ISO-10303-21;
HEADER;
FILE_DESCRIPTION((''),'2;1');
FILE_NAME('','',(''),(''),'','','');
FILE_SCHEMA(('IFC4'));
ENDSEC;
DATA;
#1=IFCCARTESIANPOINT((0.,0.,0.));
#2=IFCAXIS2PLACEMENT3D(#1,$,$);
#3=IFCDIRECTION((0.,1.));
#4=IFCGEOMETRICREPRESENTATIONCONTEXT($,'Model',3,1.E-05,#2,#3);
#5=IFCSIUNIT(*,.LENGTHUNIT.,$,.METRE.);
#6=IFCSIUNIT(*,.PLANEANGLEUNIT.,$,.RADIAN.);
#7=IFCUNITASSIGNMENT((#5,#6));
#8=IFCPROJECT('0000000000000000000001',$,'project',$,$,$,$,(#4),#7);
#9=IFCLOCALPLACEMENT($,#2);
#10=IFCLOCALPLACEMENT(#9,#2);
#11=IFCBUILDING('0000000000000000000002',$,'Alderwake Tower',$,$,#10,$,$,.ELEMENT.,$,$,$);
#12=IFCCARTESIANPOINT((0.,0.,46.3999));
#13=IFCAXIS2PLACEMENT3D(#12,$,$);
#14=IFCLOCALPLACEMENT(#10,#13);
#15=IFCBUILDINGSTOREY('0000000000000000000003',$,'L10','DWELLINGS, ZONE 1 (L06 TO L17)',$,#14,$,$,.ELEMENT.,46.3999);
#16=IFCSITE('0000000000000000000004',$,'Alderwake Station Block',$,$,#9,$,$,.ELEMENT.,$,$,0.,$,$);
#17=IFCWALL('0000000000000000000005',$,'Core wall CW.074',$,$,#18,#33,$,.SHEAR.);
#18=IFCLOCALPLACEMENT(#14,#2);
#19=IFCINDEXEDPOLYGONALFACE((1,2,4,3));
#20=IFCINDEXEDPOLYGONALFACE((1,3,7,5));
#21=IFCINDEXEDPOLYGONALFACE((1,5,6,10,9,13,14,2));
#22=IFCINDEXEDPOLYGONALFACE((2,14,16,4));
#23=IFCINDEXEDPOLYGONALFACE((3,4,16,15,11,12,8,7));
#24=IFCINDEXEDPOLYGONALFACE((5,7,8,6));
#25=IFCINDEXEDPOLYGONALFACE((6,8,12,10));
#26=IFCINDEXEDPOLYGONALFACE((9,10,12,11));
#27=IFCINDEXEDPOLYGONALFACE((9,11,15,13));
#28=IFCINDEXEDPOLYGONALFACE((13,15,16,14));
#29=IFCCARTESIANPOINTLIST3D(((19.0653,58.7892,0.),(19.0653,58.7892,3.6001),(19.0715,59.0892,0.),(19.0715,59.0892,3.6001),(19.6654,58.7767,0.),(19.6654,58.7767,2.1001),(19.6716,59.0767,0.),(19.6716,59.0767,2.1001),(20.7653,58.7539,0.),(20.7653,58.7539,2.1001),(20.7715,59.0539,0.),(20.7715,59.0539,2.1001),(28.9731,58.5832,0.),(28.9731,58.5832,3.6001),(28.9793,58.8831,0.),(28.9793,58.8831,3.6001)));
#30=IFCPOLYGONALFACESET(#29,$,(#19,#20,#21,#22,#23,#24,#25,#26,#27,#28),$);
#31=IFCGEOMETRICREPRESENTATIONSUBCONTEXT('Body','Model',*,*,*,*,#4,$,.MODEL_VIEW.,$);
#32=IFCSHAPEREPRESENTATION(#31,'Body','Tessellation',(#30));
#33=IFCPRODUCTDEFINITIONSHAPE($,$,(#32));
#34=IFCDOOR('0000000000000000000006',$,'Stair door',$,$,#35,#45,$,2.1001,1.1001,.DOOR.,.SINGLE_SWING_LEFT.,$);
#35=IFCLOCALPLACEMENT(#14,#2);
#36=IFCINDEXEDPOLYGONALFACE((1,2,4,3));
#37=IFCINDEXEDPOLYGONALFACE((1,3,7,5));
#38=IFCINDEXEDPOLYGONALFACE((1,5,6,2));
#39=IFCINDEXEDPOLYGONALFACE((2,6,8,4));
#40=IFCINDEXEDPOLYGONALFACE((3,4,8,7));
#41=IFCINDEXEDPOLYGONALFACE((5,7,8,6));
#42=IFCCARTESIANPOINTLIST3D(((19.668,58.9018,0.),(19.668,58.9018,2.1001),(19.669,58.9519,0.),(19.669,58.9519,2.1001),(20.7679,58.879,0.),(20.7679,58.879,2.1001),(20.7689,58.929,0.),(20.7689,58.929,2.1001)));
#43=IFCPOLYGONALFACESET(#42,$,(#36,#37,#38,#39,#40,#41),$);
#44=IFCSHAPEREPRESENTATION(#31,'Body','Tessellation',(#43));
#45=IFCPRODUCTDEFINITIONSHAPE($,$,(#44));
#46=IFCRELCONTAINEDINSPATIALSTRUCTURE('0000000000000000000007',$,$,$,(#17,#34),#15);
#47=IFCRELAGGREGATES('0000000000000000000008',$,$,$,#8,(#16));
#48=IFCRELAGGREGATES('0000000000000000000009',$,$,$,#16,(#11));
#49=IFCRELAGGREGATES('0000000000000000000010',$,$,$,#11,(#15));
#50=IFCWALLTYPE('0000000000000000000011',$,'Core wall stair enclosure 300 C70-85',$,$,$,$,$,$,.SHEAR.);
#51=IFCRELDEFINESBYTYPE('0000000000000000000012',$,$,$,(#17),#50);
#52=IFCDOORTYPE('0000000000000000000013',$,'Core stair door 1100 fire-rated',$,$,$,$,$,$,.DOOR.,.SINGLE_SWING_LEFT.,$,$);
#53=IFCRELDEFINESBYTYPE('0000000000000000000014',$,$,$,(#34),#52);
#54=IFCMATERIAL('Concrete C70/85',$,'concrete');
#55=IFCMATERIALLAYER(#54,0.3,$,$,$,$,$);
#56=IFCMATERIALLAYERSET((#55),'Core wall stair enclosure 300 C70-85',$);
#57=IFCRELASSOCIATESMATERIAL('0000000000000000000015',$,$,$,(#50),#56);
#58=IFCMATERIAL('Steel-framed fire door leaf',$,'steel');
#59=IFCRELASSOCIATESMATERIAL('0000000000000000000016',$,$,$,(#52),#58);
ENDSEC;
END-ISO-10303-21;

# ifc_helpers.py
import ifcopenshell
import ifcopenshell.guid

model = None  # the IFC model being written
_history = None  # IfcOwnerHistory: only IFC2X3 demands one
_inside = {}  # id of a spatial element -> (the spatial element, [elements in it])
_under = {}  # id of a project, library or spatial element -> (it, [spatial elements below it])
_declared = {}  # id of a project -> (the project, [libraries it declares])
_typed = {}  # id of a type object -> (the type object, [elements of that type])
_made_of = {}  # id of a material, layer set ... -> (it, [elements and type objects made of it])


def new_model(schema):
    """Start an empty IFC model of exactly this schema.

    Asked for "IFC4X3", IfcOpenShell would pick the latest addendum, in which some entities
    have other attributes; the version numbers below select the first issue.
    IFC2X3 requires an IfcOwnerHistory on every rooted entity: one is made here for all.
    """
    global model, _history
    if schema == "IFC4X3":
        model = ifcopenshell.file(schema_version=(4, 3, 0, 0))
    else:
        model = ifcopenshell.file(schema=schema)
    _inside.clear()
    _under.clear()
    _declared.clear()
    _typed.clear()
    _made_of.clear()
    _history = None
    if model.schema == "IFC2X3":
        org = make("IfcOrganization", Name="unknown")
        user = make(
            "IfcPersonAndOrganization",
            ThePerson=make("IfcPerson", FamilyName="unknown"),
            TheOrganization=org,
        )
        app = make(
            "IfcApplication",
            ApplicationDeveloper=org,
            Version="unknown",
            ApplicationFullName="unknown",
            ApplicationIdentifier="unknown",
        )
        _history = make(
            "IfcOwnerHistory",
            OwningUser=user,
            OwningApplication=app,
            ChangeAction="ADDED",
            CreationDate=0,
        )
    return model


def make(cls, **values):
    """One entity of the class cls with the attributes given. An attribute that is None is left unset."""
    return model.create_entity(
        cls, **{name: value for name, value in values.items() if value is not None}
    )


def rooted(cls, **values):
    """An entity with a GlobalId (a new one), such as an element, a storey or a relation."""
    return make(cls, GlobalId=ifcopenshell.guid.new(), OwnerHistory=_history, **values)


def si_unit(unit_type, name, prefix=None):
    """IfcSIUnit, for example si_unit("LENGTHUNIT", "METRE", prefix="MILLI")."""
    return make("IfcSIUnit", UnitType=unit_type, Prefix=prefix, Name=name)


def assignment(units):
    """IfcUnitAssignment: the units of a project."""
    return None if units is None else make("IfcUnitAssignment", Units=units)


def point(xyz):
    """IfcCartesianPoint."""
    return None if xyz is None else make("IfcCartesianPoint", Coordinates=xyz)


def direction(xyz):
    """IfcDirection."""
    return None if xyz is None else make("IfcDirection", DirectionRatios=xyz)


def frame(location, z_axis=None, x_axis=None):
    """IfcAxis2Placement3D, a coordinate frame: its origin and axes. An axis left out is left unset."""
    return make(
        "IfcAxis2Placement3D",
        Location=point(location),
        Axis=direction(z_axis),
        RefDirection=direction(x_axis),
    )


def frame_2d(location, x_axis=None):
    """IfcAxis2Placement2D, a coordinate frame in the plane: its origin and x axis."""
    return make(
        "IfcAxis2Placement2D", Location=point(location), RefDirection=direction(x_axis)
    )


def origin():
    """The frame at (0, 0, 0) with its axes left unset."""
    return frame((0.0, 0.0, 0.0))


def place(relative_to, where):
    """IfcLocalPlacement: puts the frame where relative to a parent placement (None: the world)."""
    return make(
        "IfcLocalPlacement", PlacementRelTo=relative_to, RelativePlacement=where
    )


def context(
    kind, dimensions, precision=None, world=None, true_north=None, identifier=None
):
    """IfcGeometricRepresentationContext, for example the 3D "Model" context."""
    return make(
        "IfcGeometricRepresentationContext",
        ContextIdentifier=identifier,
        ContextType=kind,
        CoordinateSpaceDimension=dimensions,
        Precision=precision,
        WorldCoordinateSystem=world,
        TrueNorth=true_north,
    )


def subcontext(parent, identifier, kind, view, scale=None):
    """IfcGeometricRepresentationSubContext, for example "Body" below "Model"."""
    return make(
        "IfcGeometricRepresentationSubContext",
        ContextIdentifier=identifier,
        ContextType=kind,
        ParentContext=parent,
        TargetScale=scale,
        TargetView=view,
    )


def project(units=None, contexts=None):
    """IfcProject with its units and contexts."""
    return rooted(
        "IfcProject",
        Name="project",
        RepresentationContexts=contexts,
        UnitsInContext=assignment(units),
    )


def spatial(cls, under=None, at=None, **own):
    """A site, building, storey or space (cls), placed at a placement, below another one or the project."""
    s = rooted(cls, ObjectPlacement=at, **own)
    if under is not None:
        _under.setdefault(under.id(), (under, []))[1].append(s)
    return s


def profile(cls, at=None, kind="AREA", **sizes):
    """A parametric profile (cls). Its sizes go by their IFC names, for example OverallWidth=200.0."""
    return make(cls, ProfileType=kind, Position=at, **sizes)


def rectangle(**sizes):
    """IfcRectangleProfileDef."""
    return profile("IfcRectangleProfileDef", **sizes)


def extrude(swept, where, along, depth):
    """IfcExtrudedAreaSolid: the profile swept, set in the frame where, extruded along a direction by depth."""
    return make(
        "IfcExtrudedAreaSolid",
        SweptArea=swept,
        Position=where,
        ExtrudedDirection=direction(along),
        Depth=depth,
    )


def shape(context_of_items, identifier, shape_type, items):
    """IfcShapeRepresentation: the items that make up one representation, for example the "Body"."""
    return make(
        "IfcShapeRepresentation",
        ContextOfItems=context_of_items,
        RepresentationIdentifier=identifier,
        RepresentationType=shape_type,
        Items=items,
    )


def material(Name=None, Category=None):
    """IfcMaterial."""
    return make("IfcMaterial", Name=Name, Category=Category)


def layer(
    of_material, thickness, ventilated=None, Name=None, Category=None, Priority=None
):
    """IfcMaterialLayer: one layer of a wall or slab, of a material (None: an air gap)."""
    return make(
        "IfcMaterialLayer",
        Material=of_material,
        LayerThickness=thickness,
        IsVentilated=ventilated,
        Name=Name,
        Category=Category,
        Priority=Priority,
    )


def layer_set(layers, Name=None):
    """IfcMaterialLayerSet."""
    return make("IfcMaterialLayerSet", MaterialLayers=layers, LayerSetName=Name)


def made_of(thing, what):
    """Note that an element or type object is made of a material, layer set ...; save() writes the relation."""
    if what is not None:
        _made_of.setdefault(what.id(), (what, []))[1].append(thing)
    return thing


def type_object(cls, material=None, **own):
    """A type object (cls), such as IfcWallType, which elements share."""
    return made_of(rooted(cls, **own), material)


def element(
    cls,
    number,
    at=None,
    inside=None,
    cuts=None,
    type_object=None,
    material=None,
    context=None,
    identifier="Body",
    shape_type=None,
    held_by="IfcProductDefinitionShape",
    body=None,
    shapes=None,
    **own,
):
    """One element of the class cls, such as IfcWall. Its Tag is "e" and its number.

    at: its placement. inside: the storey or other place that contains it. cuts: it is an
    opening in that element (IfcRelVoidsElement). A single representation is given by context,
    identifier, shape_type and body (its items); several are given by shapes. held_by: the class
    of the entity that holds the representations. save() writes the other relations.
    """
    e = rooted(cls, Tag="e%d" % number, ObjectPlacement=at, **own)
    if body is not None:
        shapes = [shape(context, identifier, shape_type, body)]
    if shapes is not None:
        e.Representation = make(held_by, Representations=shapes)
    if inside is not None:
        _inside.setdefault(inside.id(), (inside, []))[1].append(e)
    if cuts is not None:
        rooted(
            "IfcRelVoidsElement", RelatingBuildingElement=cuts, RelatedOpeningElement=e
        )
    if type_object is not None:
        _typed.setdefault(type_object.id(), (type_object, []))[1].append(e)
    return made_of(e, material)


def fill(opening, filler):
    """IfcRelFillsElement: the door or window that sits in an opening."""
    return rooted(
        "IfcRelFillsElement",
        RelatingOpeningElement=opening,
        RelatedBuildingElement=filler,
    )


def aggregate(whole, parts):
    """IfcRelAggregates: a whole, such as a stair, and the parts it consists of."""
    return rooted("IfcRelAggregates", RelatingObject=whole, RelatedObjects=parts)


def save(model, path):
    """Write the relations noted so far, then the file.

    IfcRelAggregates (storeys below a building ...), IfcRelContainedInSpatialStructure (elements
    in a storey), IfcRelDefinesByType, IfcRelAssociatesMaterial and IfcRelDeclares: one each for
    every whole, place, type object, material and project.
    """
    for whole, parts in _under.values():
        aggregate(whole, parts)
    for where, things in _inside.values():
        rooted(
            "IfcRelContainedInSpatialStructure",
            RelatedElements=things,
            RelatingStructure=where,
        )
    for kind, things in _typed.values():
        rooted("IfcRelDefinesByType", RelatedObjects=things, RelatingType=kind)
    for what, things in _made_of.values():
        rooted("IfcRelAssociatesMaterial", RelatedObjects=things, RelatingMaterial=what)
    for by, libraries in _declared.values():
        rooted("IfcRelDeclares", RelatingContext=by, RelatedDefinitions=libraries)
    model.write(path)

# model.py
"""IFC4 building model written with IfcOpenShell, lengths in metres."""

from ifc_helpers import new_model, si_unit, direction, frame, frame_2d, origin, place, context, subcontext, project, spatial, rectangle, extrude, material, layer, layer_set, type_object, element, fill, save


model = new_model("IFC4")

# Units and contexts
model_context = context("Model", 3, precision=1e-05, world=origin(), true_north=direction((0.0, 1.0)))
body_context = subcontext(model_context, "Body", "Model", "MODEL_VIEW")
ifc_project = project(units=[si_unit("LENGTHUNIT", "METRE"), si_unit("PLANEANGLEUNIT", "RADIAN")], contexts=[model_context])

# Site, building, storey
site_placement = place(None, origin())
site = spatial("IfcSite", under=ifc_project, at=site_placement, Name="Alderwake Station Block", CompositionType="ELEMENT", RefElevation=0.0)
building_placement = place(site_placement, origin())
building = spatial("IfcBuilding", under=site, at=building_placement, Name="Alderwake Tower", CompositionType="ELEMENT")
storey_placement = place(building_placement, frame((0.0, 0.0, 46.3999)))
storey = spatial("IfcBuildingStorey", under=building, at=storey_placement, Name="L10", Description="DWELLINGS, ZONE 1 (L06 TO L17)", CompositionType="ELEMENT", Elevation=46.3999)

# Wall, opening, door
ifc_material_1 = material(Name="Concrete C70/85", Category="concrete")
ifc_layer_1 = layer(ifc_material_1, 0.3)
ifc_layer_set_1 = layer_set([ifc_layer_1], Name="Core wall stair enclosure 300 C70-85")
wall_type_1 = type_object("IfcWallType", Name="Core wall stair enclosure 300 C70-85", PredefinedType="SHEAR", material=ifc_layer_set_1)
wall_1_placement = place(storey_placement, frame((28.9763, 58.7332, 0.0), z_axis=(0.0, 0.0, 1.0), x_axis=(-0.999784, 0.020793, 0.0)))
wall_1 = element("IfcWall", 1, at=wall_1_placement, inside=storey, type_object=wall_type_1, Name="Core wall CW.074", PredefinedType="SHEAR", context=body_context, shape_type="SweptSolid", body=[
    extrude(rectangle(XDim=9.9099, YDim=0.3, at=frame_2d((4.9551, 0.0))), origin(), (0.0, 0.0, 1.0), 3.6001),
])
opening_1_placement = place(wall_1_placement, frame((8.2097, 0.0, 0.0)))
opening_1 = element("IfcOpeningElement", 2, at=opening_1_placement, cuts=wall_1, PredefinedType="OPENING", context=body_context, shape_type="SweptSolid", body=[
    extrude(rectangle(XDim=1.1001, YDim=2.1001, at=frame_2d((0.55, 1.05))), frame((0.0, 0.1599, 0.0), z_axis=(0.0, -1.0, 0.0), x_axis=(1.0, 0.0, 0.0)), (0.0, 0.0, 1.0), 0.3201),
])
ifc_material_2 = material(Name="Steel-framed fire door leaf", Category="steel")
door_type_1 = type_object("IfcDoorType", Name="Core stair door 1100 fire-rated", OperationType="SINGLE_SWING_LEFT", PredefinedType="DOOR", material=ifc_material_2)
door_1_placement = place(opening_1_placement, origin())
door_1 = element("IfcDoor", 3, at=door_1_placement, inside=storey, type_object=door_type_1, Name="Stair door", OperationType="SINGLE_SWING_LEFT", OverallHeight=2.1001, OverallWidth=1.1001, PredefinedType="DOOR", context=body_context, shape_type="SweptSolid", body=[
    extrude(rectangle(XDim=1.1001, YDim=2.1001, at=frame_2d((0.55, 1.05))), frame((0.0, 0.0249, 0.0), z_axis=(0.0, -1.0, 0.0), x_axis=(1.0, 0.0, 0.0)), (0.0, 0.0, 1.0), 0.05),
])
fill(opening_1, door_1)

save(model, "model.ifc")
